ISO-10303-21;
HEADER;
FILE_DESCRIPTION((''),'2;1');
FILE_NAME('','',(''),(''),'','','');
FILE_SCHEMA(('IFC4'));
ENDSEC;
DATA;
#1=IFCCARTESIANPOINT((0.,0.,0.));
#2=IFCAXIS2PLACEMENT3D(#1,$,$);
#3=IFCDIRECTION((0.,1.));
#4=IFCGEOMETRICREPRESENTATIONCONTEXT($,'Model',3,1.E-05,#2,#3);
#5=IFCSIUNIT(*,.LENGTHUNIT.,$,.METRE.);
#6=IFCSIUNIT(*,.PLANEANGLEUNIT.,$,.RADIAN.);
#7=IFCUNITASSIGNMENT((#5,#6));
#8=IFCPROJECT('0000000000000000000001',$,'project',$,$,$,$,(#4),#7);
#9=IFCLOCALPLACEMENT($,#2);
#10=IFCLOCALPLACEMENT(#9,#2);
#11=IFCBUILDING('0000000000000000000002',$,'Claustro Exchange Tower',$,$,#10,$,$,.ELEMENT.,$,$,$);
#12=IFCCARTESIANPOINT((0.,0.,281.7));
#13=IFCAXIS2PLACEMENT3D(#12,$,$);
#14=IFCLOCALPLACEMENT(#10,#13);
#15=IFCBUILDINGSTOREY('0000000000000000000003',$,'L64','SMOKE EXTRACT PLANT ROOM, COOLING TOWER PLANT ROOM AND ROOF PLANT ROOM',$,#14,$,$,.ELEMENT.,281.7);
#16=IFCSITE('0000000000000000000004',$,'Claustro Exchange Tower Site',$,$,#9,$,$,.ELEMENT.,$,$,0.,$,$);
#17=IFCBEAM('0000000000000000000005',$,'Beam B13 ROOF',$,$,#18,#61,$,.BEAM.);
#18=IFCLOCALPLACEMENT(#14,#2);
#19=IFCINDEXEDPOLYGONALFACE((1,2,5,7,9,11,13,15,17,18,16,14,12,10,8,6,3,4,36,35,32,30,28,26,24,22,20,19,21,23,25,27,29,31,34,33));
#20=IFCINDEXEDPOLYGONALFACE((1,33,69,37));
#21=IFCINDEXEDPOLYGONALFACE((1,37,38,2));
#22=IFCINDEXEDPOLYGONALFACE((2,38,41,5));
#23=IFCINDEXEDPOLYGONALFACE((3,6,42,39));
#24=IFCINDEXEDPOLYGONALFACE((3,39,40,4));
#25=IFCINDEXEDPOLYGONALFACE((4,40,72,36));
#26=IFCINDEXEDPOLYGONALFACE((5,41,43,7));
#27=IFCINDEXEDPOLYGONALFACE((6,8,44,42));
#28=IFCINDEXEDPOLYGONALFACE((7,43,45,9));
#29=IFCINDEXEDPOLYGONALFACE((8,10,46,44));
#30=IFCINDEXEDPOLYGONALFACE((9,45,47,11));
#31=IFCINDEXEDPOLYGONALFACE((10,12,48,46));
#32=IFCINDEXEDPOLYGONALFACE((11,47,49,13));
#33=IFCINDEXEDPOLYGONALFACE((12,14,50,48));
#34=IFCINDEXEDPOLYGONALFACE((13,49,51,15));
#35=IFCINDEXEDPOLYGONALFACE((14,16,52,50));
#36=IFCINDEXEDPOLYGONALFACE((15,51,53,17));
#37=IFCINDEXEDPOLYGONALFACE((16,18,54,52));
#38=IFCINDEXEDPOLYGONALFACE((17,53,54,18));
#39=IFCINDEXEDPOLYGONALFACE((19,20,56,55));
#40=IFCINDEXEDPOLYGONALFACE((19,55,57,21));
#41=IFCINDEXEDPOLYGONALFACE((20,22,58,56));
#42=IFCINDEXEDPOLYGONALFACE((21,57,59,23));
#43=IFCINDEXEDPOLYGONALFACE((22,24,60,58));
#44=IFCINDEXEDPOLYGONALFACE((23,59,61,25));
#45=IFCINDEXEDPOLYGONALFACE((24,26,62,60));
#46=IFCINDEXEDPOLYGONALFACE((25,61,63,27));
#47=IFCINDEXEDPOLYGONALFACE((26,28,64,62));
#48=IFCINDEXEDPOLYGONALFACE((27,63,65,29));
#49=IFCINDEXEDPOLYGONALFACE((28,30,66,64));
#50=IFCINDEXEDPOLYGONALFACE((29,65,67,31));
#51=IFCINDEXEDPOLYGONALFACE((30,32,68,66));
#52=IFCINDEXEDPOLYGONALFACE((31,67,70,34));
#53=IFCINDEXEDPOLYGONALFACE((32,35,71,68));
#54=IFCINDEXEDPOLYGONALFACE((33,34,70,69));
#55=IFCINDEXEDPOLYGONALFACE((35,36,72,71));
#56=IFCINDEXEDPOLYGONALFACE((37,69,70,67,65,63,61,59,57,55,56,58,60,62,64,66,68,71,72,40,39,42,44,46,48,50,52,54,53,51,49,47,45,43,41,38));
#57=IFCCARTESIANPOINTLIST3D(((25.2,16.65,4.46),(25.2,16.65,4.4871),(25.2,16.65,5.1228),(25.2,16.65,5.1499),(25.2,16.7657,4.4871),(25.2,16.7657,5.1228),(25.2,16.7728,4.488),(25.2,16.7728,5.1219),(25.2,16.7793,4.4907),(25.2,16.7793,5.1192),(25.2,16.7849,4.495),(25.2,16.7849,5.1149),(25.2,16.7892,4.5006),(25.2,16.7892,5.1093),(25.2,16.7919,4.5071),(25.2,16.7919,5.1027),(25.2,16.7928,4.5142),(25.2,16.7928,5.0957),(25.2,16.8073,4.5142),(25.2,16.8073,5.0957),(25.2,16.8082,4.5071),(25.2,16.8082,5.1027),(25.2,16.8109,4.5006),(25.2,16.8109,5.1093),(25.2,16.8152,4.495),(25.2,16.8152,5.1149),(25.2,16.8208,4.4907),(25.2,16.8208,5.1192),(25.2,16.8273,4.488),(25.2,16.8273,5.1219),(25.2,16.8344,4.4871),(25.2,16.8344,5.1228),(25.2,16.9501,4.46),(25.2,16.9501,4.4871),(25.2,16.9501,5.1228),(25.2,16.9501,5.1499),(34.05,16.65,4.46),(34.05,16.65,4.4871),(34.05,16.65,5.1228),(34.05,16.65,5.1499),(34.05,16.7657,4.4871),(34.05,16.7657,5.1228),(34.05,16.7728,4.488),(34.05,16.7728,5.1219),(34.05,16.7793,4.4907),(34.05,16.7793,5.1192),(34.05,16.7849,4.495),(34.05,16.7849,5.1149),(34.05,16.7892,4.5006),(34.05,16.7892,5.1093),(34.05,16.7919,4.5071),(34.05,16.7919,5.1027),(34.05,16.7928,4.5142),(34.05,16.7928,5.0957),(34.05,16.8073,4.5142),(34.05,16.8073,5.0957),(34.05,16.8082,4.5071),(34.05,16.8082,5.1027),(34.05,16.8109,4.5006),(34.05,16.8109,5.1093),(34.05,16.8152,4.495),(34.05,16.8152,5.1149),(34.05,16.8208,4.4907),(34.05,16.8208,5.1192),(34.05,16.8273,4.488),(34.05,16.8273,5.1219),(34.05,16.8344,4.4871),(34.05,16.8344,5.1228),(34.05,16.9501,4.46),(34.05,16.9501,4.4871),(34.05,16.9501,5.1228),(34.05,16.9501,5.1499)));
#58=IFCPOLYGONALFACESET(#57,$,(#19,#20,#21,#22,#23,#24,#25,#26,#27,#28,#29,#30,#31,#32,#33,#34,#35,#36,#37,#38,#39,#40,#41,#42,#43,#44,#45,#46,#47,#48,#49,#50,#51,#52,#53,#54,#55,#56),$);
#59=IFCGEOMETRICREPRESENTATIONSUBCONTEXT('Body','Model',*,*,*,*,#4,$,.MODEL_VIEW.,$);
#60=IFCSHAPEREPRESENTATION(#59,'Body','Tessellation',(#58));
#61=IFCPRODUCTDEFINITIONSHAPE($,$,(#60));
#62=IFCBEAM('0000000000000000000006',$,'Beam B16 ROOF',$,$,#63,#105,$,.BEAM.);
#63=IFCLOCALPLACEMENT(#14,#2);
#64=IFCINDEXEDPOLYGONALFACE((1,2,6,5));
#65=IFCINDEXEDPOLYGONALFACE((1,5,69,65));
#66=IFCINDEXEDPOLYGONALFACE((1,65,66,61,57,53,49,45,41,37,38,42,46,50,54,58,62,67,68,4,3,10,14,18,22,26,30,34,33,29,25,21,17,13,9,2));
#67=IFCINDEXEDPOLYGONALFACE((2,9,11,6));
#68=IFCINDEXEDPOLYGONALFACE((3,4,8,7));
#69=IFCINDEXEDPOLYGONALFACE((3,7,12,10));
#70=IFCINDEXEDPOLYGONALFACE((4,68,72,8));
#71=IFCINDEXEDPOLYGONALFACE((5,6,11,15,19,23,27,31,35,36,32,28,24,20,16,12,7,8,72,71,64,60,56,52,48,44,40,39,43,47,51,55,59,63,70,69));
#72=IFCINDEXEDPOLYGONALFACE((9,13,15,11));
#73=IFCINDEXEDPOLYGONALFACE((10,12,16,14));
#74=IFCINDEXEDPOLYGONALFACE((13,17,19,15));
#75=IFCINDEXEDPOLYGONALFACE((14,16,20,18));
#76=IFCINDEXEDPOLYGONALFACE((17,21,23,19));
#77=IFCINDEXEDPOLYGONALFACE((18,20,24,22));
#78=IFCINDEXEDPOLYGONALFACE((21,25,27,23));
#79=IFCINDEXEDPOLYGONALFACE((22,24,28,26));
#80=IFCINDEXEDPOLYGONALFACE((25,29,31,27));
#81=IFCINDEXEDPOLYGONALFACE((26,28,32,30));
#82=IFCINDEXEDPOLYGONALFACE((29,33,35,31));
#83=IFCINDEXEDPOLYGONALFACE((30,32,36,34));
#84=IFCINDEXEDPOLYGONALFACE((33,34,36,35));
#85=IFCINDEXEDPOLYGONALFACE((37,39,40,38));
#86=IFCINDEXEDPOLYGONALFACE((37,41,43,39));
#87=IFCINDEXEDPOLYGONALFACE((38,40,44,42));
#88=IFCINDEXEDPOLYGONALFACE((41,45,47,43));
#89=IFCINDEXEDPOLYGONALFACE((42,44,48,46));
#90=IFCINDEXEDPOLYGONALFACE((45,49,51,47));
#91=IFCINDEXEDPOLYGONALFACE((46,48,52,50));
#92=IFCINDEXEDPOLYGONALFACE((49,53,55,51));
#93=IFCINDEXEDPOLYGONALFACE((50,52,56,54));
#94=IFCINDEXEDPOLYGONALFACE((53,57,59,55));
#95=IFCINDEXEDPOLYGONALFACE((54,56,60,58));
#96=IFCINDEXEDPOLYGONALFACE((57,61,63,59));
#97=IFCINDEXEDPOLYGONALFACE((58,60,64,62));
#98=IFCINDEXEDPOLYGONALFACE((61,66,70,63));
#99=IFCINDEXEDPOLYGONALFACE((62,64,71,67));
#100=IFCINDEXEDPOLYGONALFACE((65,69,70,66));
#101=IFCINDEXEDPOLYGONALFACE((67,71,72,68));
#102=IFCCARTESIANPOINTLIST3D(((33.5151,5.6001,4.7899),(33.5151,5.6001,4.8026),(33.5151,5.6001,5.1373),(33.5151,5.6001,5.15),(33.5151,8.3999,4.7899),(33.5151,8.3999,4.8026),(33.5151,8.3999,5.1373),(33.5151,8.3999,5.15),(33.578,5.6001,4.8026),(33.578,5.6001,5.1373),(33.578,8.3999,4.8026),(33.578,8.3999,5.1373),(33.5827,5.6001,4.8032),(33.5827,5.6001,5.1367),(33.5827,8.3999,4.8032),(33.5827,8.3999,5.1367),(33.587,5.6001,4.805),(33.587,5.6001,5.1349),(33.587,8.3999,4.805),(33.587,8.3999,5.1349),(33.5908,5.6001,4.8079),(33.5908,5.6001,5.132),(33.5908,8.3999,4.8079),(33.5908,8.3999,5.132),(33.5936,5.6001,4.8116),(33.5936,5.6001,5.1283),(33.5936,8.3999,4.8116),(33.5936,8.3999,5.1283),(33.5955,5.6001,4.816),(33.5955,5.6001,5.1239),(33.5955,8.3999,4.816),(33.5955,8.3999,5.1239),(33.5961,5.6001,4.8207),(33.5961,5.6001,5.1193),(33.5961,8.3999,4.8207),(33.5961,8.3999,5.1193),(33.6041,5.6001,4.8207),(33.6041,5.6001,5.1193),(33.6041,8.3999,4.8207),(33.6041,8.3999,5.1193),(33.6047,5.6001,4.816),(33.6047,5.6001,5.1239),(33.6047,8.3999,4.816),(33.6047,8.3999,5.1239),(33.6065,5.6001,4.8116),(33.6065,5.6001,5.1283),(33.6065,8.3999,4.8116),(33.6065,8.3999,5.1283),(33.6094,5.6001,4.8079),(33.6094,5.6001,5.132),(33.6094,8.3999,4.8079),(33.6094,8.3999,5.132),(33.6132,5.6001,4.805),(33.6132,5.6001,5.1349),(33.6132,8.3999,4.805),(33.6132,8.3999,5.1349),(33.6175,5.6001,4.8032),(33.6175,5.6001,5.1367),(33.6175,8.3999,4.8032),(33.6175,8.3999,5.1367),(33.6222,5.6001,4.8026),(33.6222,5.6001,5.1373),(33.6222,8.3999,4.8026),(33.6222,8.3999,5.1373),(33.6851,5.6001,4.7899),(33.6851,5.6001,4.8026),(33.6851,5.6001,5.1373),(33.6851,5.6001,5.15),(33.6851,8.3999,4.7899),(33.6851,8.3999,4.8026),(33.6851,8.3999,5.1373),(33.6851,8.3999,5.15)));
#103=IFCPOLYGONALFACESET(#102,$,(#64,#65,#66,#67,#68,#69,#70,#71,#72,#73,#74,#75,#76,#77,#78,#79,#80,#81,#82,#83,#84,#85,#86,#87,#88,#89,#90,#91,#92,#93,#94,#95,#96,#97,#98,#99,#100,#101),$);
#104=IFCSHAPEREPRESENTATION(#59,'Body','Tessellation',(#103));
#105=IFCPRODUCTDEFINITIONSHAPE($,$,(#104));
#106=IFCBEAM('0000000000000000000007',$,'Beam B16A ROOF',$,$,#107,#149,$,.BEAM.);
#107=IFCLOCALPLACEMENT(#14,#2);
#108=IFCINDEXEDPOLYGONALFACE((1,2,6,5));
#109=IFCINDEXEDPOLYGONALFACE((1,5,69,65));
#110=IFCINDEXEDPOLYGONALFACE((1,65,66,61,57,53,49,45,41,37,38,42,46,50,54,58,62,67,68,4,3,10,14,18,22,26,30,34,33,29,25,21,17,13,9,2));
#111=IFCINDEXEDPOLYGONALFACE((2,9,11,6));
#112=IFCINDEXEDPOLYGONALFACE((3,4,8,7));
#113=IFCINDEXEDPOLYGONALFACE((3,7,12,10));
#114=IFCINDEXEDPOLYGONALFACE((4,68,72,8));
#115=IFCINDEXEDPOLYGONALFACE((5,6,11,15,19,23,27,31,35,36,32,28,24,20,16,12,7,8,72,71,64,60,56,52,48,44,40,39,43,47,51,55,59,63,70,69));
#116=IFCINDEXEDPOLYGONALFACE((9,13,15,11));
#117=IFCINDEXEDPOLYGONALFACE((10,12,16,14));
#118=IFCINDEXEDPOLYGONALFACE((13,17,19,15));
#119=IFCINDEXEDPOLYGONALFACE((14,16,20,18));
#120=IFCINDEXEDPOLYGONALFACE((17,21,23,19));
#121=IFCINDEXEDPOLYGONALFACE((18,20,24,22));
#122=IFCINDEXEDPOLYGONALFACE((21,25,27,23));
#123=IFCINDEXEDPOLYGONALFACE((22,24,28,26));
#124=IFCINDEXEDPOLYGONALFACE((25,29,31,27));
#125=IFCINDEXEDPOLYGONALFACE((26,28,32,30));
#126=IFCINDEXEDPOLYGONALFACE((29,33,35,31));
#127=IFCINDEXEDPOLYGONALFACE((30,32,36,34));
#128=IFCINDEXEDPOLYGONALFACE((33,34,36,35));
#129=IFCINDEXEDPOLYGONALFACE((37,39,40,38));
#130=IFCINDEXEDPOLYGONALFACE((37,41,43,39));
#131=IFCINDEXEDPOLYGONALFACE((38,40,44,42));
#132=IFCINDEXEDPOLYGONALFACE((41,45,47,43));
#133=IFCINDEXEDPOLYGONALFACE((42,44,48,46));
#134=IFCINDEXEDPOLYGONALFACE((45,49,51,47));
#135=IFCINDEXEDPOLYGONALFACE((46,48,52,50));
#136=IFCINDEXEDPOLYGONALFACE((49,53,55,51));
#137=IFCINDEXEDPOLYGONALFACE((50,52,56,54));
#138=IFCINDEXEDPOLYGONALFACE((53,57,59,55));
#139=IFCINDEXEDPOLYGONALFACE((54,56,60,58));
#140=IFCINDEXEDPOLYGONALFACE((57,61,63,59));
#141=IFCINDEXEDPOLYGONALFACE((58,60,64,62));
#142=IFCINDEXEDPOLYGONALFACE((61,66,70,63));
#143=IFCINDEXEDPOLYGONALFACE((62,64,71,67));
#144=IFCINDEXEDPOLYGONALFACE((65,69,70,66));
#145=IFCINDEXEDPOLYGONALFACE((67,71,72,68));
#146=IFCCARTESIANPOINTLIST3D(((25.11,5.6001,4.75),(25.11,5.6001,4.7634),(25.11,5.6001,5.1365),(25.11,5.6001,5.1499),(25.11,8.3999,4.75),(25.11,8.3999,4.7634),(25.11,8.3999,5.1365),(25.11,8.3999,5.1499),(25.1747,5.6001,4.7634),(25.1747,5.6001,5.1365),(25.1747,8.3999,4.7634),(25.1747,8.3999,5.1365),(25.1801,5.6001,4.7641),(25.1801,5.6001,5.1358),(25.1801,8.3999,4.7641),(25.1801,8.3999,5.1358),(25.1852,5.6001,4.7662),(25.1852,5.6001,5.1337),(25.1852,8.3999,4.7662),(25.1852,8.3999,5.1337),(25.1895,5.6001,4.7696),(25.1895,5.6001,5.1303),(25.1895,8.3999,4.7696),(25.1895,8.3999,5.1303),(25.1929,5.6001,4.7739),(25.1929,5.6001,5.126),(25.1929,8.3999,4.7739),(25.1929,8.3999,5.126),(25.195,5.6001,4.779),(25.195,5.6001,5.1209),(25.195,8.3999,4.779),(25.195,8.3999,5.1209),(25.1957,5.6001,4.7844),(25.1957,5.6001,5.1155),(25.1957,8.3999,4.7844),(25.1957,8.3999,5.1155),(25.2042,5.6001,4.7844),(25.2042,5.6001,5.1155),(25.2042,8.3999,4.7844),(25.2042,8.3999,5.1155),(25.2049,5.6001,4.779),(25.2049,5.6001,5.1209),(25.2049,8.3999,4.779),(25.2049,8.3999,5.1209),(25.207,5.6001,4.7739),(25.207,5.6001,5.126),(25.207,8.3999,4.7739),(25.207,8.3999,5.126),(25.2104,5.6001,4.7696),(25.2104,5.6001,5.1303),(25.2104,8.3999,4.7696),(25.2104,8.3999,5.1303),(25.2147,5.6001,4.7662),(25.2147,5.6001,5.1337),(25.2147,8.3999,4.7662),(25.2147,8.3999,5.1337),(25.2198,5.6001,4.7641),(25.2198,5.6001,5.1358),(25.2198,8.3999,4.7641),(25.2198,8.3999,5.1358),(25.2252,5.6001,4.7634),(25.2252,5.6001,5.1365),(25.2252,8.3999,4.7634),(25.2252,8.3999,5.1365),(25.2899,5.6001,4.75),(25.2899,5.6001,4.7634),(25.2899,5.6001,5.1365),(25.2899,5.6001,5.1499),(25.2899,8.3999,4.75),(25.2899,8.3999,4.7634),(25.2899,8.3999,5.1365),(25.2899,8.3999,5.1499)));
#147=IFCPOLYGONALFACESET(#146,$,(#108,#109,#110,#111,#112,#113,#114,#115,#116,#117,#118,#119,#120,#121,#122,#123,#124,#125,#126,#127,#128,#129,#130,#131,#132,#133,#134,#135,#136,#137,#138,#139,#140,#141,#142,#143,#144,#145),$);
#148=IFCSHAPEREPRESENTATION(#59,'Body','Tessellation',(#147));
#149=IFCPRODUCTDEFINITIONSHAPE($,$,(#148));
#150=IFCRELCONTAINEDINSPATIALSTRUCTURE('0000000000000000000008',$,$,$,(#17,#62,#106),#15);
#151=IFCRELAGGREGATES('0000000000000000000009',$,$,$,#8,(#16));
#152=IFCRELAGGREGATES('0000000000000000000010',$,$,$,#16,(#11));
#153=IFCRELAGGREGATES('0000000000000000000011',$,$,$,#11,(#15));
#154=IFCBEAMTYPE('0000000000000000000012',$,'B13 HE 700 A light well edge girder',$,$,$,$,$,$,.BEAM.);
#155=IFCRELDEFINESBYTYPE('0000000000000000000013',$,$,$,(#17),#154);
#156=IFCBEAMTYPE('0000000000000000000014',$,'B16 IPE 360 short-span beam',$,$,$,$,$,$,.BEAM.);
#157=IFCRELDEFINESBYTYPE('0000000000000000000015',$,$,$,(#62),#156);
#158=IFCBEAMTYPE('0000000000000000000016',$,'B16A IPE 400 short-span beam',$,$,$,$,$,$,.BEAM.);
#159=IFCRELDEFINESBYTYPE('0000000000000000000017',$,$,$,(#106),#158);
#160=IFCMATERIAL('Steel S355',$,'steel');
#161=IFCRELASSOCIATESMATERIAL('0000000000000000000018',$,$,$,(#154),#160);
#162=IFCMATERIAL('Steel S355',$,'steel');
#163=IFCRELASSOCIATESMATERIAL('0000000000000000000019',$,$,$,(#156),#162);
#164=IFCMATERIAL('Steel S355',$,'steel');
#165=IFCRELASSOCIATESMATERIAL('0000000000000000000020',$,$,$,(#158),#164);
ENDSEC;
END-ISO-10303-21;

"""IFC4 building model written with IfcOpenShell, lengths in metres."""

from ifc_helpers import new_model, si_unit, direction, frame, origin, origin_2d, place, context, subcontext, project, spatial, i_section, extrude, material, material_profile, profile_set, type_object, element, save


model = new_model("IFC4")

# Units and contexts
model_context = context("Model", 3, precision=1e-05, world=origin(), true_north=direction((0.0, 1.0)))
body_context = subcontext(model_context, "Body", "Model", "MODEL_VIEW")
ifc_project = project(units=[si_unit("LENGTHUNIT", "METRE"), si_unit("PLANEANGLEUNIT", "RADIAN")], contexts=[model_context])

# Site, building, storey
site_placement = place(None, origin())
site = spatial("IfcSite", under=ifc_project, at=site_placement, Name="Claustro Exchange Tower Site", CompositionType="ELEMENT", RefElevation=0.0)
building_placement = place(site_placement, origin())
building = spatial("IfcBuilding", under=site, at=building_placement, Name="Claustro Exchange Tower", CompositionType="ELEMENT")
storey_placement = place(building_placement, frame((0.0, 0.0, 281.7)))
storey = spatial("IfcBuildingStorey", under=building, at=storey_placement, Name="L64", Description="SMOKE EXTRACT PLANT ROOM, COOLING TOWER PLANT ROOM AND ROOF PLANT ROOM", CompositionType="ELEMENT", Elevation=281.7)

# Beams
ifc_material_1 = material(Name="Steel S355", Category="steel")
ifc_material_profile_1 = material_profile(ifc_material_1, i_section(OverallWidth=0.3, OverallDepth=0.6899, WebThickness=0.0144, FlangeThickness=0.0271, FilletRadius=0.0271, at=origin_2d()), Name="HE 700 A")
ifc_profile_set_1 = profile_set([ifc_material_profile_1], Name="Steel S355")
beam_type_1 = type_object("IfcBeamType", Name="B13 HE 700 A light well edge girder", PredefinedType="BEAM", material=ifc_profile_set_1)
beam_1_placement = place(storey_placement, frame((25.2, 16.8, 4.8049), z_axis=(1.0, 0.0, 0.0), x_axis=(0.0, 1.0, 0.0)))
element("IfcBeam", 1, at=beam_1_placement, inside=storey, type_object=beam_type_1, Name="Beam B13 ROOF", PredefinedType="BEAM", context=body_context, shape_type="SweptSolid", body=[
    extrude(i_section(OverallWidth=0.3, OverallDepth=0.6899, WebThickness=0.0144, FlangeThickness=0.0271, FilletRadius=0.0271, at=origin_2d()), origin(), (0.0, 0.0, 1.0), 8.8501),
])
ifc_material_2 = material(Name="Steel S355", Category="steel")
ifc_material_profile_2 = material_profile(ifc_material_2, i_section(OverallWidth=0.1699, OverallDepth=0.3601, WebThickness=0.0081, FlangeThickness=0.0127, FilletRadius=0.0181, at=origin_2d()), Name="IPE 360")
ifc_profile_set_2 = profile_set([ifc_material_profile_2], Name="Steel S355")
beam_type_2 = type_object("IfcBeamType", Name="B16 IPE 360 short-span beam", PredefinedType="BEAM", material=ifc_profile_set_2)
beam_2_placement = place(storey_placement, frame((33.6001, 5.6001, 4.97), z_axis=(0.0, 1.0, 0.0), x_axis=(-1.0, 0.0, 0.0)))
element("IfcBeam", 2, at=beam_2_placement, inside=storey, type_object=beam_type_2, Name="Beam B16 ROOF", PredefinedType="BEAM", context=body_context, shape_type="SweptSolid", body=[
    extrude(i_section(OverallWidth=0.1699, OverallDepth=0.3601, WebThickness=0.0081, FlangeThickness=0.0127, FilletRadius=0.0181, at=origin_2d()), origin(), (0.0, 0.0, 1.0), 2.7998),
])
ifc_material_3 = material(Name="Steel S355", Category="steel")
ifc_material_profile_3 = material_profile(ifc_material_3, i_section(OverallWidth=0.1799, OverallDepth=0.3999, WebThickness=0.0085, FlangeThickness=0.0134, FilletRadius=0.021, at=origin_2d()), Name="IPE 400")
ifc_profile_set_3 = profile_set([ifc_material_profile_3], Name="Steel S355")
beam_type_3 = type_object("IfcBeamType", Name="B16A IPE 400 short-span beam", PredefinedType="BEAM", material=ifc_profile_set_3)
beam_3_placement = place(storey_placement, frame((25.2, 5.6001, 4.95), z_axis=(0.0, 1.0, 0.0), x_axis=(-1.0, 0.0, 0.0)))
element("IfcBeam", 3, at=beam_3_placement, inside=storey, type_object=beam_type_3, Name="Beam B16A ROOF", PredefinedType="BEAM", context=body_context, shape_type="SweptSolid", body=[
    extrude(i_section(OverallWidth=0.1799, OverallDepth=0.3999, WebThickness=0.0085, FlangeThickness=0.0134, FilletRadius=0.021, at=origin_2d()), origin(), (0.0, 0.0, 1.0), 2.7998),
])

save(model, "model.ifc")
